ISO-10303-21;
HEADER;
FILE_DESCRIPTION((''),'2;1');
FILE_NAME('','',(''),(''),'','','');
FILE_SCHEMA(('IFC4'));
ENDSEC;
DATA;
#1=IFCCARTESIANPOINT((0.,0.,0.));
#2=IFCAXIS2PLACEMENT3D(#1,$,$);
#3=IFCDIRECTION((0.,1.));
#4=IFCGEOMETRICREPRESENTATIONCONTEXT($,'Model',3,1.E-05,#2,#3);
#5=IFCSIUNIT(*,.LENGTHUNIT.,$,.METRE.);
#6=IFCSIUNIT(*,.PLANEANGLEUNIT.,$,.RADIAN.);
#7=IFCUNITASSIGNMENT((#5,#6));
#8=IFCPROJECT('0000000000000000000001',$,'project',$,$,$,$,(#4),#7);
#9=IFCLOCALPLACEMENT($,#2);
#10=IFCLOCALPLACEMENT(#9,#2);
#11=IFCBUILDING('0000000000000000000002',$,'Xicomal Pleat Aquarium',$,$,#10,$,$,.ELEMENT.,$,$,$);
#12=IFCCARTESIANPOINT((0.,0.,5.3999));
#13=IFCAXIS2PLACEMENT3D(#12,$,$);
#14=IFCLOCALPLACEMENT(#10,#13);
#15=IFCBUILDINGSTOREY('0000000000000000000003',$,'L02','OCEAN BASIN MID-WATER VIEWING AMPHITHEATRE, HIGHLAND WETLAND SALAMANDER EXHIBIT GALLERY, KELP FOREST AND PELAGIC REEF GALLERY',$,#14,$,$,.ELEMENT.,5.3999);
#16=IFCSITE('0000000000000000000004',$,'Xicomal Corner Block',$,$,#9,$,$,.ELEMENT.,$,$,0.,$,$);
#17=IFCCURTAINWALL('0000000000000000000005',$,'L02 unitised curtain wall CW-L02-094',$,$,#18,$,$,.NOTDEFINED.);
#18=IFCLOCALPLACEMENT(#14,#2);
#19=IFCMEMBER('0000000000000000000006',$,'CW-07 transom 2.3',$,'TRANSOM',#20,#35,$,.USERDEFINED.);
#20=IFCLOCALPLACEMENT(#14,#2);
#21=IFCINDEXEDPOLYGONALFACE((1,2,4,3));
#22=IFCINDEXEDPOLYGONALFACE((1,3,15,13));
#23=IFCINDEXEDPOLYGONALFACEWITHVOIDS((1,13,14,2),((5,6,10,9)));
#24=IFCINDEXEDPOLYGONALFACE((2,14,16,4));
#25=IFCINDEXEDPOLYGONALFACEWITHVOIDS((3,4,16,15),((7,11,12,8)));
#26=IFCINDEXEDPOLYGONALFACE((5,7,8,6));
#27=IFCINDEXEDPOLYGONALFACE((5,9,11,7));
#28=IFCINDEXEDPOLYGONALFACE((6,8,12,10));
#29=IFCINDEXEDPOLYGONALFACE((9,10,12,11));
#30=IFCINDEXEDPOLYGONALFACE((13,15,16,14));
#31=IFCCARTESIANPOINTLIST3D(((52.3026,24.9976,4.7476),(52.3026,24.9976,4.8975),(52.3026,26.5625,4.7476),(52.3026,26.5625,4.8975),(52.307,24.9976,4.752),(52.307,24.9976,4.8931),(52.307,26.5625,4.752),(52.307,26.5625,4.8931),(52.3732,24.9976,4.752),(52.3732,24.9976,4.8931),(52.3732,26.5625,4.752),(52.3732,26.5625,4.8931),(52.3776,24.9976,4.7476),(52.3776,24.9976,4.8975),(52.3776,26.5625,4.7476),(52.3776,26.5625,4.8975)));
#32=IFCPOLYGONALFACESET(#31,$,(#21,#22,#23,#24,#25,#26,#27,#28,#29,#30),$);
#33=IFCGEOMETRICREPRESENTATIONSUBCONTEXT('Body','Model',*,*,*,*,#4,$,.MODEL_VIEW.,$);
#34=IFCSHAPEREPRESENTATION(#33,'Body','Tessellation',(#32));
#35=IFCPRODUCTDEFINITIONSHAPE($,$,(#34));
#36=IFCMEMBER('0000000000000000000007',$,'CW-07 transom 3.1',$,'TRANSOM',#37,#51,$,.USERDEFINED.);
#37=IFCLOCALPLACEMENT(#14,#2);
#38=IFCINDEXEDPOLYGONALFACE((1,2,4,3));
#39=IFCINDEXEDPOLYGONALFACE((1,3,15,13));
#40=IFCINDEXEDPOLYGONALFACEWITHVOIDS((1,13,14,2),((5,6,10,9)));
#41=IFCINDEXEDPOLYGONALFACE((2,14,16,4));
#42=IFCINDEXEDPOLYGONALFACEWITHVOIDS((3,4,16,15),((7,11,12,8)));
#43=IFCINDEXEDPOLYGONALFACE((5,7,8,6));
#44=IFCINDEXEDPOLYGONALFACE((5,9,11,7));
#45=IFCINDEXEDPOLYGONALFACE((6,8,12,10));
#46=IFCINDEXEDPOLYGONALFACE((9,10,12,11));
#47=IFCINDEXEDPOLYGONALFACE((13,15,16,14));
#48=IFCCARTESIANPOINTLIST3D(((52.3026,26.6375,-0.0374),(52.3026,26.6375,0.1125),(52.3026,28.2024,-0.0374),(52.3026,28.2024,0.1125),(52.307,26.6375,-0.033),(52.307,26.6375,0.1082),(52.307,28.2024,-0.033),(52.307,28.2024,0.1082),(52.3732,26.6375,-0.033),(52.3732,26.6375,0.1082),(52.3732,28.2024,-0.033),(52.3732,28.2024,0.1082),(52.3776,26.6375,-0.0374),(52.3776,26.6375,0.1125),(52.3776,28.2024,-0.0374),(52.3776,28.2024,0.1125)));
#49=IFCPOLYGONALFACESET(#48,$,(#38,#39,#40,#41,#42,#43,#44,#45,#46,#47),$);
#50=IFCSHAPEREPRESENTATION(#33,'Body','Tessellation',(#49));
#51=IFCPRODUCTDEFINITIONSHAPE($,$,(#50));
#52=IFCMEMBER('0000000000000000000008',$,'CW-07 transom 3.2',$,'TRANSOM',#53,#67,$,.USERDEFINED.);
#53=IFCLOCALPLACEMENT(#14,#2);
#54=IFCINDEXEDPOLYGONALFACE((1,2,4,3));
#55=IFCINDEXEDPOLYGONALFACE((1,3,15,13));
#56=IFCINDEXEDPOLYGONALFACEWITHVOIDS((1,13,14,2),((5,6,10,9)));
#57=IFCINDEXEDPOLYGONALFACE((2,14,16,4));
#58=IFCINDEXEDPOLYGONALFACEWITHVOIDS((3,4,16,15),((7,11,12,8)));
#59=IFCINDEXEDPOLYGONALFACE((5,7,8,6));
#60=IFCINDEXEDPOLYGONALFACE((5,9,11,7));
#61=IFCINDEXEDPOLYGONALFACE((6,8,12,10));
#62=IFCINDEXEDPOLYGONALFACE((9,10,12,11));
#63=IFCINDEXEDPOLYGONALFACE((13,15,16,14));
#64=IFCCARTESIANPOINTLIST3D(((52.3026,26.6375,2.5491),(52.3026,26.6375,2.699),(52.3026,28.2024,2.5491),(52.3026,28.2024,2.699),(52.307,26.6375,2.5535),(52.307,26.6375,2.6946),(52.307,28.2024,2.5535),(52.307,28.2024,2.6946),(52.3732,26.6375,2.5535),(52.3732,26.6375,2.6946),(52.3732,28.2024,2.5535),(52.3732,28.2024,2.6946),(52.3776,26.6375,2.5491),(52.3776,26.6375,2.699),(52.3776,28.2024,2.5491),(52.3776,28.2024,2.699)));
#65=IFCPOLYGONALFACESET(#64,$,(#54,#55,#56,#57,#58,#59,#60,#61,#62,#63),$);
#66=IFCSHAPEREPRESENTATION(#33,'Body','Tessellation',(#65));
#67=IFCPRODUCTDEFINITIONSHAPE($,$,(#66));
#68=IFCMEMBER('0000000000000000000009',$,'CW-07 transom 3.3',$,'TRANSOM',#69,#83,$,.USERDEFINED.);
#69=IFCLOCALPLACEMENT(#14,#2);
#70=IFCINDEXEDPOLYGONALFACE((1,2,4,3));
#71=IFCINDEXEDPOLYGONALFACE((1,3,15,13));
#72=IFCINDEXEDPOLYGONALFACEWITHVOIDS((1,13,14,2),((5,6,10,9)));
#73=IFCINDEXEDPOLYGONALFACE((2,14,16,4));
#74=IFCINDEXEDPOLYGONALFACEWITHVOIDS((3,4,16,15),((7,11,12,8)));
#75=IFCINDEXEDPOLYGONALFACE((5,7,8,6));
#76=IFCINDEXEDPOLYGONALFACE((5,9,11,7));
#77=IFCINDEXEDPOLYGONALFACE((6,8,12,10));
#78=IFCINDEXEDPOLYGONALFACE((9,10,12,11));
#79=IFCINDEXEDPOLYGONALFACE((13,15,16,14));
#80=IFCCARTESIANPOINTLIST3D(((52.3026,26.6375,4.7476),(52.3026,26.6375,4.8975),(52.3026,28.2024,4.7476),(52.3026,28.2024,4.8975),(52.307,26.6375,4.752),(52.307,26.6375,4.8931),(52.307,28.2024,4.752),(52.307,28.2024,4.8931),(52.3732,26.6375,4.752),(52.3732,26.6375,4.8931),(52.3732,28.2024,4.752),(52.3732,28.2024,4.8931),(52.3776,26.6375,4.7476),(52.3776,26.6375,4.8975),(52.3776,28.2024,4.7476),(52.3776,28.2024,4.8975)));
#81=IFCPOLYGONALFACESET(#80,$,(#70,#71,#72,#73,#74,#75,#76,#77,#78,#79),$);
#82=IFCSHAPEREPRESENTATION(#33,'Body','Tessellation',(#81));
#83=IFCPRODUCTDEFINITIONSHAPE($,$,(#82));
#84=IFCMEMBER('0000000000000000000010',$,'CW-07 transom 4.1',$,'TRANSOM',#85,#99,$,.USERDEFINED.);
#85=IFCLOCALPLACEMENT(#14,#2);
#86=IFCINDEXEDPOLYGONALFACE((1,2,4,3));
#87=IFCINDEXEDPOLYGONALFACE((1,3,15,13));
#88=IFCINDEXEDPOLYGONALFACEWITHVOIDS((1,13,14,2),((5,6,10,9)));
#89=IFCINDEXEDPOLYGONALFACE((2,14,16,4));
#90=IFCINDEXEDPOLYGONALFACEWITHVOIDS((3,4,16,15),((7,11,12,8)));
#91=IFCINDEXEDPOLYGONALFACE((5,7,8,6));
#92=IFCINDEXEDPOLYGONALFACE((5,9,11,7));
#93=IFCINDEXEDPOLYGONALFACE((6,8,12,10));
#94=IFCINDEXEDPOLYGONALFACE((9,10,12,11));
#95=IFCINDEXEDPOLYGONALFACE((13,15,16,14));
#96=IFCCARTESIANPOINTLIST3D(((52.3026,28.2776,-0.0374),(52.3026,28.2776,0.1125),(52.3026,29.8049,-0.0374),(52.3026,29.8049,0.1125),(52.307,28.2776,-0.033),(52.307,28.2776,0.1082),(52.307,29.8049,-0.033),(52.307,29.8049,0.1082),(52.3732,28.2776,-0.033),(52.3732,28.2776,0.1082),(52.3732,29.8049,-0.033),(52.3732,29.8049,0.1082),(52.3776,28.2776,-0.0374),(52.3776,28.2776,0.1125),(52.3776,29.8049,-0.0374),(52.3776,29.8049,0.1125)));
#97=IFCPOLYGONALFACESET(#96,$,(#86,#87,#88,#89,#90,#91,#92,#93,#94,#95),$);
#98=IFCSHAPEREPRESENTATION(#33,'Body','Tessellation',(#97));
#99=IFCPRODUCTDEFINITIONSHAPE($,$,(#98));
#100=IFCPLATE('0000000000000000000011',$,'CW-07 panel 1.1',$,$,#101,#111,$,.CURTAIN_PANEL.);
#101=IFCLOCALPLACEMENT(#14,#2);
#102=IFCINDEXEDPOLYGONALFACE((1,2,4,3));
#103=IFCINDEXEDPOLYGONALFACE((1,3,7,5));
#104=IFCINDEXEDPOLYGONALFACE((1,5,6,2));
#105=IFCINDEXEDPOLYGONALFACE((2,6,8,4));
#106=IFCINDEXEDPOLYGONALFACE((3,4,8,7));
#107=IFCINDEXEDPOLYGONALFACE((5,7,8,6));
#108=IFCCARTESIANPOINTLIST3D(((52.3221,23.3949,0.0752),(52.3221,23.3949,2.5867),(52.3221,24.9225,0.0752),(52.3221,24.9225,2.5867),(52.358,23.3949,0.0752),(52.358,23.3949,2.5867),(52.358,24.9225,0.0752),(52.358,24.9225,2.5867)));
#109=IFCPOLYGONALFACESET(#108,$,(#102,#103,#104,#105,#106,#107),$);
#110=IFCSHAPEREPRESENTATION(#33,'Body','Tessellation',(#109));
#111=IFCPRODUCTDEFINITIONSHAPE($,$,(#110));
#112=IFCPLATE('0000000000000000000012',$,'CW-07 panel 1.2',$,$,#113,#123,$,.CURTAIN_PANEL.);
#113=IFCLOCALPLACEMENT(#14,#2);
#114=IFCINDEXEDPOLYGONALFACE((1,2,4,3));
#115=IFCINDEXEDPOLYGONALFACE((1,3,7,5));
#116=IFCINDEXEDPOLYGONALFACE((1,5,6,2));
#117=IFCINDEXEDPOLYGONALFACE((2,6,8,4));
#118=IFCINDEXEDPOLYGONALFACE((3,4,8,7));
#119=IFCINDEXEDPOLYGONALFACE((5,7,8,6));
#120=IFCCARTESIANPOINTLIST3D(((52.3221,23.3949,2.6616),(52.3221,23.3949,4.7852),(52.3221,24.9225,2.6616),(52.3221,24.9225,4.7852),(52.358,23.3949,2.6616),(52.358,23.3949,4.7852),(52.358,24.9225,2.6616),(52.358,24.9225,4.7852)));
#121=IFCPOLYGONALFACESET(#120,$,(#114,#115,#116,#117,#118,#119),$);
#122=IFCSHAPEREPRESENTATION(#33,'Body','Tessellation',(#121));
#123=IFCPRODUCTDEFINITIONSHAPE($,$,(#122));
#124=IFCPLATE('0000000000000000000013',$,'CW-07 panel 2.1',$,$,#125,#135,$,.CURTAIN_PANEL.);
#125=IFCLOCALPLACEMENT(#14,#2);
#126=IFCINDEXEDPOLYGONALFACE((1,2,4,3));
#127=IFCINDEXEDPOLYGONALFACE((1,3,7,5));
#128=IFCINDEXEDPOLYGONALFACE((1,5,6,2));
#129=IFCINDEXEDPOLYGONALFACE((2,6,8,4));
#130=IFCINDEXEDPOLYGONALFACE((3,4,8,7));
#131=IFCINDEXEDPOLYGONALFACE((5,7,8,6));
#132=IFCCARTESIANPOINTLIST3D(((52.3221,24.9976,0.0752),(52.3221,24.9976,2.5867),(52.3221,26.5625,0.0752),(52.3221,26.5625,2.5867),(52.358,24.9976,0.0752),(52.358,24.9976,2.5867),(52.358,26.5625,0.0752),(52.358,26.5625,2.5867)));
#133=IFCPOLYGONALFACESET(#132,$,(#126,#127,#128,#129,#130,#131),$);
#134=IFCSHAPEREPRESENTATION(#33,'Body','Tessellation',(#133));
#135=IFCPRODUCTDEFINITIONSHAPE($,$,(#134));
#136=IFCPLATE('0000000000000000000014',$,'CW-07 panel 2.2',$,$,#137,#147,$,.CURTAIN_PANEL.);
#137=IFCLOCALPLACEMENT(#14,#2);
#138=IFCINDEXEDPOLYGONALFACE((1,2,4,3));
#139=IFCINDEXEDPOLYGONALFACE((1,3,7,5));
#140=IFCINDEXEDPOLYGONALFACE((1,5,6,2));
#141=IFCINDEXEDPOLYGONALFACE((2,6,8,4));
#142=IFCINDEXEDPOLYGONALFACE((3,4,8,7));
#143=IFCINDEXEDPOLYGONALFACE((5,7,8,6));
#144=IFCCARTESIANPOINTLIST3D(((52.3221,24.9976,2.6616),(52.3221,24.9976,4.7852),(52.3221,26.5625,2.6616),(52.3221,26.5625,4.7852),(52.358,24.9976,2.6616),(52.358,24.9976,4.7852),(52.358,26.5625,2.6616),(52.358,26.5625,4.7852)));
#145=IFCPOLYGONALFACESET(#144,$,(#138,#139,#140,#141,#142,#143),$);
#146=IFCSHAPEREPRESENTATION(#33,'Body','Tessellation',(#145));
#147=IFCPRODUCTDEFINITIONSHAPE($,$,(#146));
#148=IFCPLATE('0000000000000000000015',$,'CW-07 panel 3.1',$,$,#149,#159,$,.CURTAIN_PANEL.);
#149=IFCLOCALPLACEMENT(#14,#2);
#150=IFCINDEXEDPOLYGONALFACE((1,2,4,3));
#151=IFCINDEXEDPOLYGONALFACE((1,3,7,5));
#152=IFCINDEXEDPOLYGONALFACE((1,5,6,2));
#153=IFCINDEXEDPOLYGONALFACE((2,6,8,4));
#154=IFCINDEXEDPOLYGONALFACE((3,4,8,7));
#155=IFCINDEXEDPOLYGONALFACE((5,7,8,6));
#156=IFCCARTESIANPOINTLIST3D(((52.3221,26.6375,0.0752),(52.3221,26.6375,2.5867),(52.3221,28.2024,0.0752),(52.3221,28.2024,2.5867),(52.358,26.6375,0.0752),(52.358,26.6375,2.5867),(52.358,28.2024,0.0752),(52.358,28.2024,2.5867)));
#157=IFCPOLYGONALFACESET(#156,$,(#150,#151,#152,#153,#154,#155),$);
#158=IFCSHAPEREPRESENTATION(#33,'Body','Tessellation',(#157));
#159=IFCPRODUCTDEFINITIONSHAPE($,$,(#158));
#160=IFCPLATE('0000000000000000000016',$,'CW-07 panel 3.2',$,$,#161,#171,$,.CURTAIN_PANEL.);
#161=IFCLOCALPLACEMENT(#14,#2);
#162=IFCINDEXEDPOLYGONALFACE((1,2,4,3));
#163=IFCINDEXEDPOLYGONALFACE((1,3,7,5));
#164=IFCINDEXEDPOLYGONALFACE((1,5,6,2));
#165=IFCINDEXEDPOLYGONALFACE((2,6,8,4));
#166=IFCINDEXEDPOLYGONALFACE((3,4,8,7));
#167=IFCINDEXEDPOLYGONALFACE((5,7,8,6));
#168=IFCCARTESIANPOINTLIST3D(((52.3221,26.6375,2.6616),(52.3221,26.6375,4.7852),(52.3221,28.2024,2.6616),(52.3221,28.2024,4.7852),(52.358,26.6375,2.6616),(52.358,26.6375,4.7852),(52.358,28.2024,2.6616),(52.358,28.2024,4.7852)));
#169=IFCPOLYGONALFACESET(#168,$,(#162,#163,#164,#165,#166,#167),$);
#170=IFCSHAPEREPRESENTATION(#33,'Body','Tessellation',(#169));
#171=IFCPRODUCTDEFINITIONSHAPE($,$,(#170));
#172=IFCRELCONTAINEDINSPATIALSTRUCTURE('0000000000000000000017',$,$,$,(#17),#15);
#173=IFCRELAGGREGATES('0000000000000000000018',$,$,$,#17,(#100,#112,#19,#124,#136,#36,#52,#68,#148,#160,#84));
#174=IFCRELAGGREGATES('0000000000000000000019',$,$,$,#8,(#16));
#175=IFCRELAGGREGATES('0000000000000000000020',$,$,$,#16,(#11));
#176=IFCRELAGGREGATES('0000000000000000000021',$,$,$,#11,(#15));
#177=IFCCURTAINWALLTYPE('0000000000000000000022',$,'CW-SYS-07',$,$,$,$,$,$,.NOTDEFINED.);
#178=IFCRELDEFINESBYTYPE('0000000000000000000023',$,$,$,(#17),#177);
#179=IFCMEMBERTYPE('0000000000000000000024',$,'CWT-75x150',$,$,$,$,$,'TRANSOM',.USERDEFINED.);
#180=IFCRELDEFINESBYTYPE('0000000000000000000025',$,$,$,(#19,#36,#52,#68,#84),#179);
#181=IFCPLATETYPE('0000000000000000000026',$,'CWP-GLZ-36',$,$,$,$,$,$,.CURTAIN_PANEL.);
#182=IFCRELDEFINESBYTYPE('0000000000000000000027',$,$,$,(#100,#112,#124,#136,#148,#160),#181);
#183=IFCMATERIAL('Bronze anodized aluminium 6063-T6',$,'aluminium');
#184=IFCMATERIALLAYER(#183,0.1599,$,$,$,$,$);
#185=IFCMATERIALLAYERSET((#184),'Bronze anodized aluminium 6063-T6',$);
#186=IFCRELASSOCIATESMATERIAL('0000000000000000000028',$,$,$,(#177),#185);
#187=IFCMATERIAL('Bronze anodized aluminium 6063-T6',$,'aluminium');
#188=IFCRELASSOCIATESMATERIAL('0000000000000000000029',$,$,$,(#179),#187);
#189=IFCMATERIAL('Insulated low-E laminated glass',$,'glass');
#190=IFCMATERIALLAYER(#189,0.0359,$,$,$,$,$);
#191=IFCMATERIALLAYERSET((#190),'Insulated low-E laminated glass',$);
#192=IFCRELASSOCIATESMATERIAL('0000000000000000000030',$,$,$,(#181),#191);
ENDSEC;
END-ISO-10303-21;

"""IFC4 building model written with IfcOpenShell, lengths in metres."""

from ifc_helpers import new_model, si_unit, direction, frame, origin, origin_2d, place, context, subcontext, project, spatial, rectangle, hollow_rectangle, extrude, material, layer, layer_set, material_profile, profile_set, type_object, element, aggregate, save


model = new_model("IFC4")

# Units and contexts
model_context = context("Model", 3, precision=1e-05, world=origin(), true_north=direction((0.0, 1.0)))
body_context = subcontext(model_context, "Body", "Model", "MODEL_VIEW")
ifc_project = project(units=[si_unit("LENGTHUNIT", "METRE"), si_unit("PLANEANGLEUNIT", "RADIAN")], contexts=[model_context])

# Site, building, storey
site_placement = place(None, origin())
site = spatial("IfcSite", under=ifc_project, at=site_placement, Name="Xicomal Corner Block", CompositionType="ELEMENT", RefElevation=0.0)
building_placement = place(site_placement, origin())
building = spatial("IfcBuilding", under=site, at=building_placement, Name="Xicomal Pleat Aquarium", CompositionType="ELEMENT")
storey_placement = place(building_placement, frame((0.0, 0.0, 5.3999)))
storey = spatial("IfcBuildingStorey", under=building, at=storey_placement, Name="L02", Description="OCEAN BASIN MID-WATER VIEWING AMPHITHEATRE, HIGHLAND WETLAND SALAMANDER EXHIBIT GALLERY, KELP FOREST AND PELAGIC REEF GALLERY", CompositionType="ELEMENT", Elevation=5.3999)

# Curtain wall, members, plates
ifc_material_1 = material(Name="Bronze anodized aluminium 6063-T6", Category="aluminium")
ifc_layer_1 = layer(ifc_material_1, 0.1599)
ifc_layer_set_1 = layer_set([ifc_layer_1], Name="Bronze anodized aluminium 6063-T6")
curtain_wall_type = type_object("IfcCurtainWallType", Name="CW-SYS-07", PredefinedType="NOTDEFINED", material=ifc_layer_set_1)
curtain_wall_placement = place(storey_placement, origin())
curtain_wall = element("IfcCurtainWall", 1, at=curtain_wall_placement, inside=storey, type_object=curtain_wall_type, Name="L02 unitised curtain wall CW-L02-094", PredefinedType="NOTDEFINED")
ifc_material_2 = material(Name="Bronze anodized aluminium 6063-T6", Category="aluminium")
ifc_material_profile_1 = material_profile(ifc_material_2, hollow_rectangle(XDim=0.075, YDim=0.1499, WallThickness=0.0044, at=origin_2d()), Name="ALU TRAN 75x150")
ifc_profile_set_1 = profile_set([ifc_material_profile_1], Name="Bronze anodized aluminium 6063-T6")
member_type_1 = type_object("IfcMemberType", Name="CWT-75x150", ElementType="TRANSOM", PredefinedType="USERDEFINED", material=ifc_profile_set_1)
member_1_placement = place(storey_placement, frame((52.3401, 24.9976, 4.8225), z_axis=(0.0, 1.0, 0.0), x_axis=(-1.0, 0.0, 0.0)))
member_1 = element("IfcMember", 2, at=member_1_placement, type_object=member_type_1, Name="CW-07 transom 2.3", ObjectType="TRANSOM", PredefinedType="USERDEFINED", context=body_context, shape_type="SweptSolid", body=[
    extrude(hollow_rectangle(XDim=0.075, YDim=0.1499, WallThickness=0.0044, at=origin_2d()), origin(), (0.0, 0.0, 1.0), 1.5649),
])
member_2_placement = place(storey_placement, frame((52.3401, 26.6375, 0.0376), z_axis=(0.0, 1.0, 0.0), x_axis=(-1.0, 0.0, 0.0)))
member_2 = element("IfcMember", 3, at=member_2_placement, type_object=member_type_1, Name="CW-07 transom 3.1", ObjectType="TRANSOM", PredefinedType="USERDEFINED", context=body_context, shape_type="SweptSolid", body=[
    extrude(hollow_rectangle(XDim=0.075, YDim=0.1499, WallThickness=0.0044, at=origin_2d()), origin(), (0.0, 0.0, 1.0), 1.5649),
])
member_3_placement = place(storey_placement, frame((52.3401, 26.6375, 2.624), z_axis=(0.0, 1.0, 0.0), x_axis=(-1.0, 0.0, 0.0)))
member_3 = element("IfcMember", 4, at=member_3_placement, type_object=member_type_1, Name="CW-07 transom 3.2", ObjectType="TRANSOM", PredefinedType="USERDEFINED", context=body_context, shape_type="SweptSolid", body=[
    extrude(hollow_rectangle(XDim=0.075, YDim=0.1499, WallThickness=0.0044, at=origin_2d()), origin(), (0.0, 0.0, 1.0), 1.5649),
])
member_4_placement = place(storey_placement, frame((52.3401, 26.6375, 4.8225), z_axis=(0.0, 1.0, 0.0), x_axis=(-1.0, 0.0, 0.0)))
member_4 = element("IfcMember", 5, at=member_4_placement, type_object=member_type_1, Name="CW-07 transom 3.3", ObjectType="TRANSOM", PredefinedType="USERDEFINED", context=body_context, shape_type="SweptSolid", body=[
    extrude(hollow_rectangle(XDim=0.075, YDim=0.1499, WallThickness=0.0044, at=origin_2d()), origin(), (0.0, 0.0, 1.0), 1.5649),
])
member_5_placement = place(storey_placement, frame((52.3401, 28.2776, 0.0376), z_axis=(0.0, 1.0, 0.0), x_axis=(-1.0, 0.0, 0.0)))
member_5 = element("IfcMember", 6, at=member_5_placement, type_object=member_type_1, Name="CW-07 transom 4.1", ObjectType="TRANSOM", PredefinedType="USERDEFINED", context=body_context, shape_type="SweptSolid", body=[
    extrude(hollow_rectangle(XDim=0.075, YDim=0.1499, WallThickness=0.0044, at=origin_2d()), origin(), (0.0, 0.0, 1.0), 1.5273),
])
ifc_material_3 = material(Name="Insulated low-E laminated glass", Category="glass")
ifc_layer_2 = layer(ifc_material_3, 0.0359)
ifc_layer_set_2 = layer_set([ifc_layer_2], Name="Insulated low-E laminated glass")
plate_type = type_object("IfcPlateType", Name="CWP-GLZ-36", PredefinedType="CURTAIN_PANEL", material=ifc_layer_set_2)
plate_1_placement = place(storey_placement, frame((52.3401, 24.1587, 0.0752), z_axis=(0.0, 0.0, 1.0), x_axis=(0.0, 1.0, 0.0)))
plate_1 = element("IfcPlate", 7, at=plate_1_placement, type_object=plate_type, Name="CW-07 panel 1.1", PredefinedType="CURTAIN_PANEL", context=body_context, shape_type="SweptSolid", body=[
    extrude(rectangle(XDim=1.5276, YDim=0.0359, at=origin_2d()), origin(), (0.0, 0.0, 1.0), 2.5115),
])
plate_2_placement = place(storey_placement, frame((52.3401, 24.1587, 2.6616), z_axis=(0.0, 0.0, 1.0), x_axis=(0.0, 1.0, 0.0)))
plate_2 = element("IfcPlate", 8, at=plate_2_placement, type_object=plate_type, Name="CW-07 panel 1.2", PredefinedType="CURTAIN_PANEL", context=body_context, shape_type="SweptSolid", body=[
    extrude(rectangle(XDim=1.5276, YDim=0.0359, at=origin_2d()), origin(), (0.0, 0.0, 1.0), 2.1235),
])
plate_3_placement = place(storey_placement, frame((52.3401, 25.78, 0.0752), z_axis=(0.0, 0.0, 1.0), x_axis=(0.0, 1.0, 0.0)))
plate_3 = element("IfcPlate", 9, at=plate_3_placement, type_object=plate_type, Name="CW-07 panel 2.1", PredefinedType="CURTAIN_PANEL", context=body_context, shape_type="SweptSolid", body=[
    extrude(rectangle(XDim=1.5649, YDim=0.0359, at=origin_2d()), origin(), (0.0, 0.0, 1.0), 2.5115),
])
plate_4_placement = place(storey_placement, frame((52.3401, 25.78, 2.6616), z_axis=(0.0, 0.0, 1.0), x_axis=(0.0, 1.0, 0.0)))
plate_4 = element("IfcPlate", 10, at=plate_4_placement, type_object=plate_type, Name="CW-07 panel 2.2", PredefinedType="CURTAIN_PANEL", context=body_context, shape_type="SweptSolid", body=[
    extrude(rectangle(XDim=1.5649, YDim=0.0359, at=origin_2d()), origin(), (0.0, 0.0, 1.0), 2.1235),
])
plate_5_placement = place(storey_placement, frame((52.3401, 27.4199, 0.0752), z_axis=(0.0, 0.0, 1.0), x_axis=(0.0, 1.0, 0.0)))
plate_5 = element("IfcPlate", 11, at=plate_5_placement, type_object=plate_type, Name="CW-07 panel 3.1", PredefinedType="CURTAIN_PANEL", context=body_context, shape_type="SweptSolid", body=[
    extrude(rectangle(XDim=1.5649, YDim=0.0359, at=origin_2d()), origin(), (0.0, 0.0, 1.0), 2.5115),
])
plate_6_placement = place(storey_placement, frame((52.3401, 27.4199, 2.6616), z_axis=(0.0, 0.0, 1.0), x_axis=(0.0, 1.0, 0.0)))
plate_6 = element("IfcPlate", 12, at=plate_6_placement, type_object=plate_type, Name="CW-07 panel 3.2", PredefinedType="CURTAIN_PANEL", context=body_context, shape_type="SweptSolid", body=[
    extrude(rectangle(XDim=1.5649, YDim=0.0359, at=origin_2d()), origin(), (0.0, 0.0, 1.0), 2.1235),
])
aggregate(curtain_wall, [plate_1, plate_2, member_1, plate_3, plate_4, member_2, member_3, member_4, plate_5, plate_6, member_5])

save(model, "model.ifc")
